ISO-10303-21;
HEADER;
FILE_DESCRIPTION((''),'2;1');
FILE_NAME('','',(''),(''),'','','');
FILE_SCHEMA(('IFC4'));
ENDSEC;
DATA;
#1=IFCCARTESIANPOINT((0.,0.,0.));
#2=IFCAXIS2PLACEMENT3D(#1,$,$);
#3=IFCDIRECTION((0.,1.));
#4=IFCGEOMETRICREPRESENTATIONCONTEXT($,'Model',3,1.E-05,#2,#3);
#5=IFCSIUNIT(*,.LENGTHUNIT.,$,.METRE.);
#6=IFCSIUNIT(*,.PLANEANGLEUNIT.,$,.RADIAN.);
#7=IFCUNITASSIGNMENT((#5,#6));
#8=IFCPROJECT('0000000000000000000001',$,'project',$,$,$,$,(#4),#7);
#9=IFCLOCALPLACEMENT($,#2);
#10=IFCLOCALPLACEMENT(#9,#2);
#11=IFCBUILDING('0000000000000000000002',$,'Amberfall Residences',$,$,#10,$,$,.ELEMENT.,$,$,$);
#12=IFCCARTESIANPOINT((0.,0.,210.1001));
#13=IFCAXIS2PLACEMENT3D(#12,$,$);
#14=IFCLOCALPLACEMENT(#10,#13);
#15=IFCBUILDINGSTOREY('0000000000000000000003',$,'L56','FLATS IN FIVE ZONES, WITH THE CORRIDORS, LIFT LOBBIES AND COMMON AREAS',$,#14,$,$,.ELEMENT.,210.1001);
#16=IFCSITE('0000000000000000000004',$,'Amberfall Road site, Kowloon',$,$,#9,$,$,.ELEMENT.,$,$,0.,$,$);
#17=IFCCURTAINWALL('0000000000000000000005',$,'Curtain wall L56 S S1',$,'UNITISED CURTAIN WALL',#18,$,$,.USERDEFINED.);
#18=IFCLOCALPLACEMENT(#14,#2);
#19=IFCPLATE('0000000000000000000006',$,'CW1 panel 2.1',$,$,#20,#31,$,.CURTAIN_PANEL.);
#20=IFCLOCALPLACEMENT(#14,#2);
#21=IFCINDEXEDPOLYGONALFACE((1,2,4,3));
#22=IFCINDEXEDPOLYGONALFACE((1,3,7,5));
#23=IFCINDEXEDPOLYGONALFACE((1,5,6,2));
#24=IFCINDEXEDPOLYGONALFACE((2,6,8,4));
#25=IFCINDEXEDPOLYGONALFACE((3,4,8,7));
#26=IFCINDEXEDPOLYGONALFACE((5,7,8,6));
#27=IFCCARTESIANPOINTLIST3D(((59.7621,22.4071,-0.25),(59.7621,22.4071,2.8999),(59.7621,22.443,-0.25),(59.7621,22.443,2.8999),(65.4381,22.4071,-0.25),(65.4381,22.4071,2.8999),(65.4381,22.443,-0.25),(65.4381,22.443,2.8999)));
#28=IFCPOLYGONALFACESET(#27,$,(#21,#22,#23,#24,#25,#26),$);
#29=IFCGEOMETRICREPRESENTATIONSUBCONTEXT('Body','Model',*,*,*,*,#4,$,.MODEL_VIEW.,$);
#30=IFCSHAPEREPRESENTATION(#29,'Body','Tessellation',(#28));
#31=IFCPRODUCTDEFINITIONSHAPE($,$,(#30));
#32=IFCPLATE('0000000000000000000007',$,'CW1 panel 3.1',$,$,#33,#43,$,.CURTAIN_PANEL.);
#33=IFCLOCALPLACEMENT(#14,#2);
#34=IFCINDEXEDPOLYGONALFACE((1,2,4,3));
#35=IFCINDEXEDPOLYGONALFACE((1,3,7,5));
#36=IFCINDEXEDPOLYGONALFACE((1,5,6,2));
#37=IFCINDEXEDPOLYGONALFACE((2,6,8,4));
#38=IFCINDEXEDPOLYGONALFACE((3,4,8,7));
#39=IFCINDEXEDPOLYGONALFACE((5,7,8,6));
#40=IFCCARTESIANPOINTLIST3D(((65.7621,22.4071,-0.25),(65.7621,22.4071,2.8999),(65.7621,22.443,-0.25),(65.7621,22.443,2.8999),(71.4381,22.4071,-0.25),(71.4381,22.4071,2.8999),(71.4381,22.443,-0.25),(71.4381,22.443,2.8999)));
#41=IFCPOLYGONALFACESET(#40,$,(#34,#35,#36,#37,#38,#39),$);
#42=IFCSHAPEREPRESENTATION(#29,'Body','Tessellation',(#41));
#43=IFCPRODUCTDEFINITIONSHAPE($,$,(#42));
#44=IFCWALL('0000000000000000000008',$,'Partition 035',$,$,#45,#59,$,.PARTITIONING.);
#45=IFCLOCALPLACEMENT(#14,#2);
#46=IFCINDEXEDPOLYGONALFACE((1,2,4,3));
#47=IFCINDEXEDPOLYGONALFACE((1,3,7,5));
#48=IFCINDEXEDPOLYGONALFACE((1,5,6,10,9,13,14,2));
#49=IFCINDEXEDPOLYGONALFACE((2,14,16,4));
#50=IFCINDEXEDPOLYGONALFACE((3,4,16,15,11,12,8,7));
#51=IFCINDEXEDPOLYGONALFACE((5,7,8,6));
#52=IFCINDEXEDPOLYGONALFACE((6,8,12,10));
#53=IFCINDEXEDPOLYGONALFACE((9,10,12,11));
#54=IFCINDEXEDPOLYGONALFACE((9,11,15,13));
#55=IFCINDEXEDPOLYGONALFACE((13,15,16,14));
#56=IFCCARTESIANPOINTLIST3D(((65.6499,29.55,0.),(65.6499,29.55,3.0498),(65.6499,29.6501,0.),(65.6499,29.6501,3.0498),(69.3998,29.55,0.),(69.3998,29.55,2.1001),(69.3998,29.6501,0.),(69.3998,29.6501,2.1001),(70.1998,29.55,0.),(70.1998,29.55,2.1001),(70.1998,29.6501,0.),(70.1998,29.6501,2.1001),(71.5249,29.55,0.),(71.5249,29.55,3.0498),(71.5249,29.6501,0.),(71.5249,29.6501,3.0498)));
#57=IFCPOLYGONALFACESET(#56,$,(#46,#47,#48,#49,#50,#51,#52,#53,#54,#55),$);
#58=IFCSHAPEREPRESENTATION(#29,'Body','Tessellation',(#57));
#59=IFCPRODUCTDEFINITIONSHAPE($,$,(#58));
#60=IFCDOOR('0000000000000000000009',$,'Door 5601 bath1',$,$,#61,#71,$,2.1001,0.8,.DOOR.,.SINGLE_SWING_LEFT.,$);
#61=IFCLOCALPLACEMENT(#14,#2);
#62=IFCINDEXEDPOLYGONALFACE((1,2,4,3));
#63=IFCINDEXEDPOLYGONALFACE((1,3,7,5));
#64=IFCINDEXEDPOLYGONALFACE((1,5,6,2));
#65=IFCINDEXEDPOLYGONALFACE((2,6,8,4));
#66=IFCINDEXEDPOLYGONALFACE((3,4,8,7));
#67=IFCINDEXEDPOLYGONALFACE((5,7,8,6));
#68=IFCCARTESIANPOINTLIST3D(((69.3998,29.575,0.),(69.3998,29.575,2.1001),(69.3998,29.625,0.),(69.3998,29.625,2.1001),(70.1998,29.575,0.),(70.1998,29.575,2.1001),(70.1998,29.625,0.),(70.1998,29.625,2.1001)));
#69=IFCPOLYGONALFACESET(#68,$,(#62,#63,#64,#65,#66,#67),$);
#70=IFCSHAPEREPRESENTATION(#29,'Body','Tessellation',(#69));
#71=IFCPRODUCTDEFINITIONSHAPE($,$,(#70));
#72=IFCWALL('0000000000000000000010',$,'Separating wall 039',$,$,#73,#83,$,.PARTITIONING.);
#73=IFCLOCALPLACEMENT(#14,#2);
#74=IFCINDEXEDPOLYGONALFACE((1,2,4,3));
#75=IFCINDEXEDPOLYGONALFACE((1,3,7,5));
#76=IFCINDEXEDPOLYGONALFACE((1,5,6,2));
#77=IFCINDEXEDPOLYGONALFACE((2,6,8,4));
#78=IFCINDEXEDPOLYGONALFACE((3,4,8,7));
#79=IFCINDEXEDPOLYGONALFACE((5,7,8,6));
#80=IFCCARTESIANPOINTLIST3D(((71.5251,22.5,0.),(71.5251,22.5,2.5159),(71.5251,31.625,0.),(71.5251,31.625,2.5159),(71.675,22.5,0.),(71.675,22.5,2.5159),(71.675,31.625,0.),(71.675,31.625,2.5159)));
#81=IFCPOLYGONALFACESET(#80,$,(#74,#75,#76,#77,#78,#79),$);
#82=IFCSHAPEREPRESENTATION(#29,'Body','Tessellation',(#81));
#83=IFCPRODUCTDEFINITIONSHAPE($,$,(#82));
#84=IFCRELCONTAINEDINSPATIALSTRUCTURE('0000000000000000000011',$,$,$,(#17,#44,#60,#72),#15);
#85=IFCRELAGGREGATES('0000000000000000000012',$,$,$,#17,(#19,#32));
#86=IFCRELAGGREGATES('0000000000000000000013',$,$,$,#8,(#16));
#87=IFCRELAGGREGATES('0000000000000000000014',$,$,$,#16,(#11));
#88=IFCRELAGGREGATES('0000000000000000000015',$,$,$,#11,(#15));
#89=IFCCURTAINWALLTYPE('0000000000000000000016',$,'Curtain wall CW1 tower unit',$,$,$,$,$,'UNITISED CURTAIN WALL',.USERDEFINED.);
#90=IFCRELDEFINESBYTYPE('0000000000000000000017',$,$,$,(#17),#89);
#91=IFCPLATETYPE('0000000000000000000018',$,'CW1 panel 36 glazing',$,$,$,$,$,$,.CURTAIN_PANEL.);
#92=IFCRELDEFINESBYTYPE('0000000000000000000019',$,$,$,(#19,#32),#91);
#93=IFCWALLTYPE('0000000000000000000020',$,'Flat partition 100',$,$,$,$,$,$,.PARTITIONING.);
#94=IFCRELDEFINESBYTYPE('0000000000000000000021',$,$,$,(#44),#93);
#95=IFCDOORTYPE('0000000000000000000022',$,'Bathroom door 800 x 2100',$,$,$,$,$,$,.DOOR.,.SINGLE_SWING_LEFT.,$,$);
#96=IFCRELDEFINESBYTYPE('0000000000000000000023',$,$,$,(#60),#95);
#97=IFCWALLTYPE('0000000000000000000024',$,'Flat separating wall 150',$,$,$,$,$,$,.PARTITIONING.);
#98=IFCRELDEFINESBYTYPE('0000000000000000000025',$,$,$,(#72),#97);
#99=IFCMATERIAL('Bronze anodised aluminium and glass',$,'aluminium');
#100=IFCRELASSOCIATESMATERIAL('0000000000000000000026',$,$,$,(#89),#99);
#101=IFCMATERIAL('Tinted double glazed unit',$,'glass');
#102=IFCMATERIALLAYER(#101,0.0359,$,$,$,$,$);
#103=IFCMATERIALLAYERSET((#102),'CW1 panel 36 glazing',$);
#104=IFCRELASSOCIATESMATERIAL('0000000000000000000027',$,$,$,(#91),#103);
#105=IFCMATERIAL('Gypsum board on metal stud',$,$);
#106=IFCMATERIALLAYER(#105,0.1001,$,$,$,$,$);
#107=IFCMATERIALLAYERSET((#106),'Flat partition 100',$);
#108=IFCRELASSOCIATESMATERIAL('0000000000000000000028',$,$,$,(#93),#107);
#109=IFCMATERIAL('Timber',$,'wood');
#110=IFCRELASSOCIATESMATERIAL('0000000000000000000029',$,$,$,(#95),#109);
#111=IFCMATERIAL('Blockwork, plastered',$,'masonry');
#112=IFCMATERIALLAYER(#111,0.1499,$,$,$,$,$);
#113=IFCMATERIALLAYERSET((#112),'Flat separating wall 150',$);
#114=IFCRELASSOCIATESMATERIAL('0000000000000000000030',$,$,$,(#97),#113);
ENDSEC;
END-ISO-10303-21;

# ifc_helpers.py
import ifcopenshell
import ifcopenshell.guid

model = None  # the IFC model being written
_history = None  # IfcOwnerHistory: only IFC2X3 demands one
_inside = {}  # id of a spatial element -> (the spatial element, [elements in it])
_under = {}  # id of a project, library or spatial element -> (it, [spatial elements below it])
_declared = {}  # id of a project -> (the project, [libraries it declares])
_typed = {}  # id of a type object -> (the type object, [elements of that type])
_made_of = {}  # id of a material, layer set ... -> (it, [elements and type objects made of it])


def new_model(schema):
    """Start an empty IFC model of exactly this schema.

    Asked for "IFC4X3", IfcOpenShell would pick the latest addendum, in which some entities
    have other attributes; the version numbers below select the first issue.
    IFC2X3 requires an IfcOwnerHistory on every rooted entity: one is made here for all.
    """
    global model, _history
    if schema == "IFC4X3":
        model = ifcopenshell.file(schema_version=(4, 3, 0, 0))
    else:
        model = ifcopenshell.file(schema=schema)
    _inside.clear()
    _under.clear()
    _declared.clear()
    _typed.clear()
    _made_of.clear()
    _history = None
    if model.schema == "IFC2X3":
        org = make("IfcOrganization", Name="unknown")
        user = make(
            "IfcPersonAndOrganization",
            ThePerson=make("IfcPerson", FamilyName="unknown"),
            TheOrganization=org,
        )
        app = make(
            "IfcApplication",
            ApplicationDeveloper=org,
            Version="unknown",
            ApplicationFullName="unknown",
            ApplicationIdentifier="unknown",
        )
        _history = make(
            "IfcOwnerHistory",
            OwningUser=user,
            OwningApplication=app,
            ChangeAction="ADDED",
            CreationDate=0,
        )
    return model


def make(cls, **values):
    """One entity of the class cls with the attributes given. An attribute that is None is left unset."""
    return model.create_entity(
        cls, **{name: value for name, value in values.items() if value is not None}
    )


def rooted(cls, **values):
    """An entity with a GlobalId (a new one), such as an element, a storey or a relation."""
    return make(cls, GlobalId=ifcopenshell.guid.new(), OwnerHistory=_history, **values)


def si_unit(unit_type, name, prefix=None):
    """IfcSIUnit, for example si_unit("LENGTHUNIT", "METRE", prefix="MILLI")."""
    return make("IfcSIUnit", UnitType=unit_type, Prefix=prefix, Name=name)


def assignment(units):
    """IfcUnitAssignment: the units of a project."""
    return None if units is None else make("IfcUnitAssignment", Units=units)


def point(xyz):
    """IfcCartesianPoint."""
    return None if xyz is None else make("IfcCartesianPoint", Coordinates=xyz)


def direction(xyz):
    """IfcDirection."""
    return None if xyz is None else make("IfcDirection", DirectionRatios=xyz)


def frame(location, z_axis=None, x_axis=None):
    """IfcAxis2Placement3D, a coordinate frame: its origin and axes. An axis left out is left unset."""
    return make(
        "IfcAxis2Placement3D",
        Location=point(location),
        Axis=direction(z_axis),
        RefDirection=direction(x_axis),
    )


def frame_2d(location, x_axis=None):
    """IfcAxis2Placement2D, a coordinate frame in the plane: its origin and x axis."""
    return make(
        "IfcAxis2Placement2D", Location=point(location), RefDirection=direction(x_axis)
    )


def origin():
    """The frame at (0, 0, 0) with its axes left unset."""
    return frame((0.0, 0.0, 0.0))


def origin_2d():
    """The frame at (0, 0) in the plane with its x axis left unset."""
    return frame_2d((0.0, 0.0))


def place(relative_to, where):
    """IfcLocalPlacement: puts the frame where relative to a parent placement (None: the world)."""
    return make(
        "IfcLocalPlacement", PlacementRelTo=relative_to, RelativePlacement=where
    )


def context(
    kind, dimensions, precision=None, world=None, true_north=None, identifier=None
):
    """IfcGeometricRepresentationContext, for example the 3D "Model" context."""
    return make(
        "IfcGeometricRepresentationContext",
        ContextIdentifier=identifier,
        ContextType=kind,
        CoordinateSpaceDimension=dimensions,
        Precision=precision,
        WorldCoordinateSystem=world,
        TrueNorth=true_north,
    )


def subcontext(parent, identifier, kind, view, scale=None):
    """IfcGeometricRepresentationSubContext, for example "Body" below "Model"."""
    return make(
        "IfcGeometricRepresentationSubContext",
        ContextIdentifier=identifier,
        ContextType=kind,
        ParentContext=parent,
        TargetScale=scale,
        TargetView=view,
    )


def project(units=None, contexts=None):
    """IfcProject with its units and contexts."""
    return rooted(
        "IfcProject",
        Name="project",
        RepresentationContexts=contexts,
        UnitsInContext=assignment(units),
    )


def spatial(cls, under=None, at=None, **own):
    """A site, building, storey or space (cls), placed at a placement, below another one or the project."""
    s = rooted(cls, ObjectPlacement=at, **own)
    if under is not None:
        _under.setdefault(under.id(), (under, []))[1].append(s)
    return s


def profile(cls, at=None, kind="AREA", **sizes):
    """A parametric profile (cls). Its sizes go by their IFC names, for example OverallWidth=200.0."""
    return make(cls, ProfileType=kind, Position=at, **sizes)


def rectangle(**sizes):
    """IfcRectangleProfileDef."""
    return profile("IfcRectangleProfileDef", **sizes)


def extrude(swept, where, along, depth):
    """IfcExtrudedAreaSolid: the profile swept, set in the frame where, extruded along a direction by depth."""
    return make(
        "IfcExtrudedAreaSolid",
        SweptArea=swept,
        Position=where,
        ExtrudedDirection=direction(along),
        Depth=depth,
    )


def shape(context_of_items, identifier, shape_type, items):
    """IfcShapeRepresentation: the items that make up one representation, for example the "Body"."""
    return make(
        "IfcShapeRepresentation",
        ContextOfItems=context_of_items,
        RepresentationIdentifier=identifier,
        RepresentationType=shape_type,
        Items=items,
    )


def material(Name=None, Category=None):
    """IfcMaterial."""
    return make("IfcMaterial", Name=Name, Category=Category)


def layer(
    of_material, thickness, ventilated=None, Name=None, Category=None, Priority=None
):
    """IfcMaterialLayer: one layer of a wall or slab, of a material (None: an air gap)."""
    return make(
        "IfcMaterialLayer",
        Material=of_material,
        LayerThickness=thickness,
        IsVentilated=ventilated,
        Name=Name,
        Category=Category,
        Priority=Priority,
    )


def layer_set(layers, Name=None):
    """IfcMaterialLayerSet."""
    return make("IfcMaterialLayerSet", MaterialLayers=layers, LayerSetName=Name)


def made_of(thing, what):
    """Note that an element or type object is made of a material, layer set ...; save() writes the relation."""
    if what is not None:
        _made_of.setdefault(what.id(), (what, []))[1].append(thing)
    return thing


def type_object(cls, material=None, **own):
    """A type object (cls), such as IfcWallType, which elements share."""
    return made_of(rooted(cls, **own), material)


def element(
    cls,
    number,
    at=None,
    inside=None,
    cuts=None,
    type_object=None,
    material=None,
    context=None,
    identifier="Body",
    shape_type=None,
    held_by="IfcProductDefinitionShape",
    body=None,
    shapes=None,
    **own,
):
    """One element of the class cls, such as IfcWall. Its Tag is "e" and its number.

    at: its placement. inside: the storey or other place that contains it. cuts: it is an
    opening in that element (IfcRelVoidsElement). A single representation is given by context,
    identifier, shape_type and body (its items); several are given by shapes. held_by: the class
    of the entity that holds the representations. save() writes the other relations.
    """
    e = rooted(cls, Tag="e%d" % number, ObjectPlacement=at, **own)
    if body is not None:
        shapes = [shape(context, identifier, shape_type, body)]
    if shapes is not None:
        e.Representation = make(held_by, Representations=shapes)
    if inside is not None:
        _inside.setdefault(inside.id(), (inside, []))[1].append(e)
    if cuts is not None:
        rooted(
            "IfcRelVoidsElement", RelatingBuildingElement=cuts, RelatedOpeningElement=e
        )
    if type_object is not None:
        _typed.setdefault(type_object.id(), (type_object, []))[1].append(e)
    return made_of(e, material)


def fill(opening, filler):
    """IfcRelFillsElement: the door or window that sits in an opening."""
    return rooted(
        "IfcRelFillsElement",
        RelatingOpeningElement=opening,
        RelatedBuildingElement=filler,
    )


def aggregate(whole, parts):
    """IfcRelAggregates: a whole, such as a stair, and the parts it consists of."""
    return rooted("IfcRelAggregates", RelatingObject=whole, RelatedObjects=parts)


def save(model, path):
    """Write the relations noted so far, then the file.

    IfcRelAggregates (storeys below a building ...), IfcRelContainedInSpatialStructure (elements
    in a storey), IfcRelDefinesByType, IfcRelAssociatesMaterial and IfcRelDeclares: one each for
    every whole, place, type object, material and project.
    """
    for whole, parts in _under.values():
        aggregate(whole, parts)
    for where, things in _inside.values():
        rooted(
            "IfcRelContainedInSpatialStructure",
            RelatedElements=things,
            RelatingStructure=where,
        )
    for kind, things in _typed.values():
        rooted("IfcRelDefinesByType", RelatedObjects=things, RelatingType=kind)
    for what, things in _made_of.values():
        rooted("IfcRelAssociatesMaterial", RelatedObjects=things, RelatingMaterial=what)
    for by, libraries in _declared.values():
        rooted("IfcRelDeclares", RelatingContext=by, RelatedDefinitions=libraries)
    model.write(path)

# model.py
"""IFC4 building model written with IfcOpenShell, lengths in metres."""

from ifc_helpers import new_model, si_unit, direction, frame, frame_2d, origin, origin_2d, place, context, subcontext, project, spatial, rectangle, extrude, material, layer, layer_set, type_object, element, fill, aggregate, save


model = new_model("IFC4")

# Units and contexts
model_context = context("Model", 3, precision=1e-05, world=origin(), true_north=direction((0.0, 1.0)))
body_context = subcontext(model_context, "Body", "Model", "MODEL_VIEW")
ifc_project = project(units=[si_unit("LENGTHUNIT", "METRE"), si_unit("PLANEANGLEUNIT", "RADIAN")], contexts=[model_context])

# Site, building, storey
site_placement = place(None, origin())
site = spatial("IfcSite", under=ifc_project, at=site_placement, Name="Amberfall Road site, Kowloon", CompositionType="ELEMENT", RefElevation=0.0)
building_placement = place(site_placement, origin())
building = spatial("IfcBuilding", under=site, at=building_placement, Name="Amberfall Residences", CompositionType="ELEMENT")
storey_placement = place(building_placement, frame((0.0, 0.0, 210.1001)))
storey = spatial("IfcBuildingStorey", under=building, at=storey_placement, Name="L56", Description="FLATS IN FIVE ZONES, WITH THE CORRIDORS, LIFT LOBBIES AND COMMON AREAS", CompositionType="ELEMENT", Elevation=210.1001)

# Curtain wall
ifc_material_1 = material(Name="Bronze anodised aluminium and glass", Category="aluminium")
curtain_wall_type = type_object("IfcCurtainWallType", Name="Curtain wall CW1 tower unit", ElementType="UNITISED CURTAIN WALL", PredefinedType="USERDEFINED", material=ifc_material_1)
curtain_wall_placement = place(storey_placement, origin())
curtain_wall = element("IfcCurtainWall", 1, at=curtain_wall_placement, inside=storey, type_object=curtain_wall_type, Name="Curtain wall L56 S S1", ObjectType="UNITISED CURTAIN WALL", PredefinedType="USERDEFINED")

# Plates
ifc_material_2 = material(Name="Tinted double glazed unit", Category="glass")
ifc_layer_1 = layer(ifc_material_2, 0.0359)
ifc_layer_set_1 = layer_set([ifc_layer_1], Name="CW1 panel 36 glazing")
plate_type = type_object("IfcPlateType", Name="CW1 panel 36 glazing", PredefinedType="CURTAIN_PANEL", material=ifc_layer_set_1)
plate_1_placement = place(storey_placement, frame((62.6001, 22.425, -0.25), z_axis=(0.0, 0.0, 1.0), x_axis=(1.0, 0.0, 0.0)))
plate_1 = element("IfcPlate", 2, at=plate_1_placement, type_object=plate_type, Name="CW1 panel 2.1", PredefinedType="CURTAIN_PANEL", context=body_context, shape_type="SweptSolid", body=[
    extrude(rectangle(XDim=5.676, YDim=0.0359, at=origin_2d()), origin(), (0.0, 0.0, 1.0), 3.1499),
])
plate_2_placement = place(storey_placement, frame((68.6001, 22.425, -0.25), z_axis=(0.0, 0.0, 1.0), x_axis=(1.0, 0.0, 0.0)))
plate_2 = element("IfcPlate", 3, at=plate_2_placement, type_object=plate_type, Name="CW1 panel 3.1", PredefinedType="CURTAIN_PANEL", context=body_context, shape_type="SweptSolid", body=[
    extrude(rectangle(XDim=5.676, YDim=0.0359, at=origin_2d()), origin(), (0.0, 0.0, 1.0), 3.1499),
])
aggregate(curtain_wall, [plate_1, plate_2])

# Wall, opening, door
ifc_material_3 = material(Name="Gypsum board on metal stud")
ifc_layer_2 = layer(ifc_material_3, 0.1001)
ifc_layer_set_2 = layer_set([ifc_layer_2], Name="Flat partition 100")
wall_type_1 = type_object("IfcWallType", Name="Flat partition 100", PredefinedType="PARTITIONING", material=ifc_layer_set_2)
wall_1_placement = place(storey_placement, frame((65.6499, 29.6001, 0.0), z_axis=(0.0, 0.0, 1.0), x_axis=(1.0, 0.0, 0.0)))
wall_1 = element("IfcWall", 4, at=wall_1_placement, inside=storey, type_object=wall_type_1, Name="Partition 035", PredefinedType="PARTITIONING", context=body_context, shape_type="SweptSolid", body=[
    extrude(rectangle(XDim=5.875, YDim=0.1001, at=frame_2d((2.9375, 0.0))), origin(), (0.0, 0.0, 1.0), 3.0498),
])
opening_placement = place(wall_1_placement, frame((3.75, 0.0, 0.0)))
opening = element("IfcOpeningElement", 5, at=opening_placement, cuts=wall_1, PredefinedType="OPENING", context=body_context, shape_type="SweptSolid", body=[
    extrude(rectangle(XDim=0.8, YDim=2.1001, at=frame_2d((0.3999, 1.05))), frame((0.0, 0.0601, 0.0), z_axis=(0.0, -1.0, 0.0), x_axis=(1.0, 0.0, 0.0)), (0.0, 0.0, 1.0), 0.1201),
])
ifc_material_4 = material(Name="Timber", Category="wood")
door_type = type_object("IfcDoorType", Name="Bathroom door 800 x 2100", OperationType="SINGLE_SWING_LEFT", PredefinedType="DOOR", material=ifc_material_4)
door_placement = place(opening_placement, origin())
door = element("IfcDoor", 6, at=door_placement, inside=storey, type_object=door_type, Name="Door 5601 bath1", OperationType="SINGLE_SWING_LEFT", OverallHeight=2.1001, OverallWidth=0.8, PredefinedType="DOOR", context=body_context, shape_type="SweptSolid", body=[
    extrude(rectangle(XDim=0.8, YDim=2.1001, at=frame_2d((0.3999, 1.05))), frame((0.0, 0.0249, 0.0), z_axis=(0.0, -1.0, 0.0), x_axis=(1.0, 0.0, 0.0)), (0.0, 0.0, 1.0), 0.05),
])
fill(opening, door)

# Wall
ifc_material_5 = material(Name="Blockwork, plastered", Category="masonry")
ifc_layer_3 = layer(ifc_material_5, 0.1499)
ifc_layer_set_3 = layer_set([ifc_layer_3], Name="Flat separating wall 150")
wall_type_2 = type_object("IfcWallType", Name="Flat separating wall 150", PredefinedType="PARTITIONING", material=ifc_layer_set_3)
wall_2_placement = place(storey_placement, frame((71.6001, 22.5, 0.0), z_axis=(0.0, 0.0, 1.0), x_axis=(0.0, 1.0, 0.0)))
element("IfcWall", 7, at=wall_2_placement, inside=storey, type_object=wall_type_2, Name="Separating wall 039", PredefinedType="PARTITIONING", context=body_context, shape_type="SweptSolid", body=[
    extrude(rectangle(XDim=9.125, YDim=0.1499, at=frame_2d((4.5625, 0.0))), origin(), (0.0, 0.0, 1.0), 2.5159),
])

save(model, "model.ifc")
